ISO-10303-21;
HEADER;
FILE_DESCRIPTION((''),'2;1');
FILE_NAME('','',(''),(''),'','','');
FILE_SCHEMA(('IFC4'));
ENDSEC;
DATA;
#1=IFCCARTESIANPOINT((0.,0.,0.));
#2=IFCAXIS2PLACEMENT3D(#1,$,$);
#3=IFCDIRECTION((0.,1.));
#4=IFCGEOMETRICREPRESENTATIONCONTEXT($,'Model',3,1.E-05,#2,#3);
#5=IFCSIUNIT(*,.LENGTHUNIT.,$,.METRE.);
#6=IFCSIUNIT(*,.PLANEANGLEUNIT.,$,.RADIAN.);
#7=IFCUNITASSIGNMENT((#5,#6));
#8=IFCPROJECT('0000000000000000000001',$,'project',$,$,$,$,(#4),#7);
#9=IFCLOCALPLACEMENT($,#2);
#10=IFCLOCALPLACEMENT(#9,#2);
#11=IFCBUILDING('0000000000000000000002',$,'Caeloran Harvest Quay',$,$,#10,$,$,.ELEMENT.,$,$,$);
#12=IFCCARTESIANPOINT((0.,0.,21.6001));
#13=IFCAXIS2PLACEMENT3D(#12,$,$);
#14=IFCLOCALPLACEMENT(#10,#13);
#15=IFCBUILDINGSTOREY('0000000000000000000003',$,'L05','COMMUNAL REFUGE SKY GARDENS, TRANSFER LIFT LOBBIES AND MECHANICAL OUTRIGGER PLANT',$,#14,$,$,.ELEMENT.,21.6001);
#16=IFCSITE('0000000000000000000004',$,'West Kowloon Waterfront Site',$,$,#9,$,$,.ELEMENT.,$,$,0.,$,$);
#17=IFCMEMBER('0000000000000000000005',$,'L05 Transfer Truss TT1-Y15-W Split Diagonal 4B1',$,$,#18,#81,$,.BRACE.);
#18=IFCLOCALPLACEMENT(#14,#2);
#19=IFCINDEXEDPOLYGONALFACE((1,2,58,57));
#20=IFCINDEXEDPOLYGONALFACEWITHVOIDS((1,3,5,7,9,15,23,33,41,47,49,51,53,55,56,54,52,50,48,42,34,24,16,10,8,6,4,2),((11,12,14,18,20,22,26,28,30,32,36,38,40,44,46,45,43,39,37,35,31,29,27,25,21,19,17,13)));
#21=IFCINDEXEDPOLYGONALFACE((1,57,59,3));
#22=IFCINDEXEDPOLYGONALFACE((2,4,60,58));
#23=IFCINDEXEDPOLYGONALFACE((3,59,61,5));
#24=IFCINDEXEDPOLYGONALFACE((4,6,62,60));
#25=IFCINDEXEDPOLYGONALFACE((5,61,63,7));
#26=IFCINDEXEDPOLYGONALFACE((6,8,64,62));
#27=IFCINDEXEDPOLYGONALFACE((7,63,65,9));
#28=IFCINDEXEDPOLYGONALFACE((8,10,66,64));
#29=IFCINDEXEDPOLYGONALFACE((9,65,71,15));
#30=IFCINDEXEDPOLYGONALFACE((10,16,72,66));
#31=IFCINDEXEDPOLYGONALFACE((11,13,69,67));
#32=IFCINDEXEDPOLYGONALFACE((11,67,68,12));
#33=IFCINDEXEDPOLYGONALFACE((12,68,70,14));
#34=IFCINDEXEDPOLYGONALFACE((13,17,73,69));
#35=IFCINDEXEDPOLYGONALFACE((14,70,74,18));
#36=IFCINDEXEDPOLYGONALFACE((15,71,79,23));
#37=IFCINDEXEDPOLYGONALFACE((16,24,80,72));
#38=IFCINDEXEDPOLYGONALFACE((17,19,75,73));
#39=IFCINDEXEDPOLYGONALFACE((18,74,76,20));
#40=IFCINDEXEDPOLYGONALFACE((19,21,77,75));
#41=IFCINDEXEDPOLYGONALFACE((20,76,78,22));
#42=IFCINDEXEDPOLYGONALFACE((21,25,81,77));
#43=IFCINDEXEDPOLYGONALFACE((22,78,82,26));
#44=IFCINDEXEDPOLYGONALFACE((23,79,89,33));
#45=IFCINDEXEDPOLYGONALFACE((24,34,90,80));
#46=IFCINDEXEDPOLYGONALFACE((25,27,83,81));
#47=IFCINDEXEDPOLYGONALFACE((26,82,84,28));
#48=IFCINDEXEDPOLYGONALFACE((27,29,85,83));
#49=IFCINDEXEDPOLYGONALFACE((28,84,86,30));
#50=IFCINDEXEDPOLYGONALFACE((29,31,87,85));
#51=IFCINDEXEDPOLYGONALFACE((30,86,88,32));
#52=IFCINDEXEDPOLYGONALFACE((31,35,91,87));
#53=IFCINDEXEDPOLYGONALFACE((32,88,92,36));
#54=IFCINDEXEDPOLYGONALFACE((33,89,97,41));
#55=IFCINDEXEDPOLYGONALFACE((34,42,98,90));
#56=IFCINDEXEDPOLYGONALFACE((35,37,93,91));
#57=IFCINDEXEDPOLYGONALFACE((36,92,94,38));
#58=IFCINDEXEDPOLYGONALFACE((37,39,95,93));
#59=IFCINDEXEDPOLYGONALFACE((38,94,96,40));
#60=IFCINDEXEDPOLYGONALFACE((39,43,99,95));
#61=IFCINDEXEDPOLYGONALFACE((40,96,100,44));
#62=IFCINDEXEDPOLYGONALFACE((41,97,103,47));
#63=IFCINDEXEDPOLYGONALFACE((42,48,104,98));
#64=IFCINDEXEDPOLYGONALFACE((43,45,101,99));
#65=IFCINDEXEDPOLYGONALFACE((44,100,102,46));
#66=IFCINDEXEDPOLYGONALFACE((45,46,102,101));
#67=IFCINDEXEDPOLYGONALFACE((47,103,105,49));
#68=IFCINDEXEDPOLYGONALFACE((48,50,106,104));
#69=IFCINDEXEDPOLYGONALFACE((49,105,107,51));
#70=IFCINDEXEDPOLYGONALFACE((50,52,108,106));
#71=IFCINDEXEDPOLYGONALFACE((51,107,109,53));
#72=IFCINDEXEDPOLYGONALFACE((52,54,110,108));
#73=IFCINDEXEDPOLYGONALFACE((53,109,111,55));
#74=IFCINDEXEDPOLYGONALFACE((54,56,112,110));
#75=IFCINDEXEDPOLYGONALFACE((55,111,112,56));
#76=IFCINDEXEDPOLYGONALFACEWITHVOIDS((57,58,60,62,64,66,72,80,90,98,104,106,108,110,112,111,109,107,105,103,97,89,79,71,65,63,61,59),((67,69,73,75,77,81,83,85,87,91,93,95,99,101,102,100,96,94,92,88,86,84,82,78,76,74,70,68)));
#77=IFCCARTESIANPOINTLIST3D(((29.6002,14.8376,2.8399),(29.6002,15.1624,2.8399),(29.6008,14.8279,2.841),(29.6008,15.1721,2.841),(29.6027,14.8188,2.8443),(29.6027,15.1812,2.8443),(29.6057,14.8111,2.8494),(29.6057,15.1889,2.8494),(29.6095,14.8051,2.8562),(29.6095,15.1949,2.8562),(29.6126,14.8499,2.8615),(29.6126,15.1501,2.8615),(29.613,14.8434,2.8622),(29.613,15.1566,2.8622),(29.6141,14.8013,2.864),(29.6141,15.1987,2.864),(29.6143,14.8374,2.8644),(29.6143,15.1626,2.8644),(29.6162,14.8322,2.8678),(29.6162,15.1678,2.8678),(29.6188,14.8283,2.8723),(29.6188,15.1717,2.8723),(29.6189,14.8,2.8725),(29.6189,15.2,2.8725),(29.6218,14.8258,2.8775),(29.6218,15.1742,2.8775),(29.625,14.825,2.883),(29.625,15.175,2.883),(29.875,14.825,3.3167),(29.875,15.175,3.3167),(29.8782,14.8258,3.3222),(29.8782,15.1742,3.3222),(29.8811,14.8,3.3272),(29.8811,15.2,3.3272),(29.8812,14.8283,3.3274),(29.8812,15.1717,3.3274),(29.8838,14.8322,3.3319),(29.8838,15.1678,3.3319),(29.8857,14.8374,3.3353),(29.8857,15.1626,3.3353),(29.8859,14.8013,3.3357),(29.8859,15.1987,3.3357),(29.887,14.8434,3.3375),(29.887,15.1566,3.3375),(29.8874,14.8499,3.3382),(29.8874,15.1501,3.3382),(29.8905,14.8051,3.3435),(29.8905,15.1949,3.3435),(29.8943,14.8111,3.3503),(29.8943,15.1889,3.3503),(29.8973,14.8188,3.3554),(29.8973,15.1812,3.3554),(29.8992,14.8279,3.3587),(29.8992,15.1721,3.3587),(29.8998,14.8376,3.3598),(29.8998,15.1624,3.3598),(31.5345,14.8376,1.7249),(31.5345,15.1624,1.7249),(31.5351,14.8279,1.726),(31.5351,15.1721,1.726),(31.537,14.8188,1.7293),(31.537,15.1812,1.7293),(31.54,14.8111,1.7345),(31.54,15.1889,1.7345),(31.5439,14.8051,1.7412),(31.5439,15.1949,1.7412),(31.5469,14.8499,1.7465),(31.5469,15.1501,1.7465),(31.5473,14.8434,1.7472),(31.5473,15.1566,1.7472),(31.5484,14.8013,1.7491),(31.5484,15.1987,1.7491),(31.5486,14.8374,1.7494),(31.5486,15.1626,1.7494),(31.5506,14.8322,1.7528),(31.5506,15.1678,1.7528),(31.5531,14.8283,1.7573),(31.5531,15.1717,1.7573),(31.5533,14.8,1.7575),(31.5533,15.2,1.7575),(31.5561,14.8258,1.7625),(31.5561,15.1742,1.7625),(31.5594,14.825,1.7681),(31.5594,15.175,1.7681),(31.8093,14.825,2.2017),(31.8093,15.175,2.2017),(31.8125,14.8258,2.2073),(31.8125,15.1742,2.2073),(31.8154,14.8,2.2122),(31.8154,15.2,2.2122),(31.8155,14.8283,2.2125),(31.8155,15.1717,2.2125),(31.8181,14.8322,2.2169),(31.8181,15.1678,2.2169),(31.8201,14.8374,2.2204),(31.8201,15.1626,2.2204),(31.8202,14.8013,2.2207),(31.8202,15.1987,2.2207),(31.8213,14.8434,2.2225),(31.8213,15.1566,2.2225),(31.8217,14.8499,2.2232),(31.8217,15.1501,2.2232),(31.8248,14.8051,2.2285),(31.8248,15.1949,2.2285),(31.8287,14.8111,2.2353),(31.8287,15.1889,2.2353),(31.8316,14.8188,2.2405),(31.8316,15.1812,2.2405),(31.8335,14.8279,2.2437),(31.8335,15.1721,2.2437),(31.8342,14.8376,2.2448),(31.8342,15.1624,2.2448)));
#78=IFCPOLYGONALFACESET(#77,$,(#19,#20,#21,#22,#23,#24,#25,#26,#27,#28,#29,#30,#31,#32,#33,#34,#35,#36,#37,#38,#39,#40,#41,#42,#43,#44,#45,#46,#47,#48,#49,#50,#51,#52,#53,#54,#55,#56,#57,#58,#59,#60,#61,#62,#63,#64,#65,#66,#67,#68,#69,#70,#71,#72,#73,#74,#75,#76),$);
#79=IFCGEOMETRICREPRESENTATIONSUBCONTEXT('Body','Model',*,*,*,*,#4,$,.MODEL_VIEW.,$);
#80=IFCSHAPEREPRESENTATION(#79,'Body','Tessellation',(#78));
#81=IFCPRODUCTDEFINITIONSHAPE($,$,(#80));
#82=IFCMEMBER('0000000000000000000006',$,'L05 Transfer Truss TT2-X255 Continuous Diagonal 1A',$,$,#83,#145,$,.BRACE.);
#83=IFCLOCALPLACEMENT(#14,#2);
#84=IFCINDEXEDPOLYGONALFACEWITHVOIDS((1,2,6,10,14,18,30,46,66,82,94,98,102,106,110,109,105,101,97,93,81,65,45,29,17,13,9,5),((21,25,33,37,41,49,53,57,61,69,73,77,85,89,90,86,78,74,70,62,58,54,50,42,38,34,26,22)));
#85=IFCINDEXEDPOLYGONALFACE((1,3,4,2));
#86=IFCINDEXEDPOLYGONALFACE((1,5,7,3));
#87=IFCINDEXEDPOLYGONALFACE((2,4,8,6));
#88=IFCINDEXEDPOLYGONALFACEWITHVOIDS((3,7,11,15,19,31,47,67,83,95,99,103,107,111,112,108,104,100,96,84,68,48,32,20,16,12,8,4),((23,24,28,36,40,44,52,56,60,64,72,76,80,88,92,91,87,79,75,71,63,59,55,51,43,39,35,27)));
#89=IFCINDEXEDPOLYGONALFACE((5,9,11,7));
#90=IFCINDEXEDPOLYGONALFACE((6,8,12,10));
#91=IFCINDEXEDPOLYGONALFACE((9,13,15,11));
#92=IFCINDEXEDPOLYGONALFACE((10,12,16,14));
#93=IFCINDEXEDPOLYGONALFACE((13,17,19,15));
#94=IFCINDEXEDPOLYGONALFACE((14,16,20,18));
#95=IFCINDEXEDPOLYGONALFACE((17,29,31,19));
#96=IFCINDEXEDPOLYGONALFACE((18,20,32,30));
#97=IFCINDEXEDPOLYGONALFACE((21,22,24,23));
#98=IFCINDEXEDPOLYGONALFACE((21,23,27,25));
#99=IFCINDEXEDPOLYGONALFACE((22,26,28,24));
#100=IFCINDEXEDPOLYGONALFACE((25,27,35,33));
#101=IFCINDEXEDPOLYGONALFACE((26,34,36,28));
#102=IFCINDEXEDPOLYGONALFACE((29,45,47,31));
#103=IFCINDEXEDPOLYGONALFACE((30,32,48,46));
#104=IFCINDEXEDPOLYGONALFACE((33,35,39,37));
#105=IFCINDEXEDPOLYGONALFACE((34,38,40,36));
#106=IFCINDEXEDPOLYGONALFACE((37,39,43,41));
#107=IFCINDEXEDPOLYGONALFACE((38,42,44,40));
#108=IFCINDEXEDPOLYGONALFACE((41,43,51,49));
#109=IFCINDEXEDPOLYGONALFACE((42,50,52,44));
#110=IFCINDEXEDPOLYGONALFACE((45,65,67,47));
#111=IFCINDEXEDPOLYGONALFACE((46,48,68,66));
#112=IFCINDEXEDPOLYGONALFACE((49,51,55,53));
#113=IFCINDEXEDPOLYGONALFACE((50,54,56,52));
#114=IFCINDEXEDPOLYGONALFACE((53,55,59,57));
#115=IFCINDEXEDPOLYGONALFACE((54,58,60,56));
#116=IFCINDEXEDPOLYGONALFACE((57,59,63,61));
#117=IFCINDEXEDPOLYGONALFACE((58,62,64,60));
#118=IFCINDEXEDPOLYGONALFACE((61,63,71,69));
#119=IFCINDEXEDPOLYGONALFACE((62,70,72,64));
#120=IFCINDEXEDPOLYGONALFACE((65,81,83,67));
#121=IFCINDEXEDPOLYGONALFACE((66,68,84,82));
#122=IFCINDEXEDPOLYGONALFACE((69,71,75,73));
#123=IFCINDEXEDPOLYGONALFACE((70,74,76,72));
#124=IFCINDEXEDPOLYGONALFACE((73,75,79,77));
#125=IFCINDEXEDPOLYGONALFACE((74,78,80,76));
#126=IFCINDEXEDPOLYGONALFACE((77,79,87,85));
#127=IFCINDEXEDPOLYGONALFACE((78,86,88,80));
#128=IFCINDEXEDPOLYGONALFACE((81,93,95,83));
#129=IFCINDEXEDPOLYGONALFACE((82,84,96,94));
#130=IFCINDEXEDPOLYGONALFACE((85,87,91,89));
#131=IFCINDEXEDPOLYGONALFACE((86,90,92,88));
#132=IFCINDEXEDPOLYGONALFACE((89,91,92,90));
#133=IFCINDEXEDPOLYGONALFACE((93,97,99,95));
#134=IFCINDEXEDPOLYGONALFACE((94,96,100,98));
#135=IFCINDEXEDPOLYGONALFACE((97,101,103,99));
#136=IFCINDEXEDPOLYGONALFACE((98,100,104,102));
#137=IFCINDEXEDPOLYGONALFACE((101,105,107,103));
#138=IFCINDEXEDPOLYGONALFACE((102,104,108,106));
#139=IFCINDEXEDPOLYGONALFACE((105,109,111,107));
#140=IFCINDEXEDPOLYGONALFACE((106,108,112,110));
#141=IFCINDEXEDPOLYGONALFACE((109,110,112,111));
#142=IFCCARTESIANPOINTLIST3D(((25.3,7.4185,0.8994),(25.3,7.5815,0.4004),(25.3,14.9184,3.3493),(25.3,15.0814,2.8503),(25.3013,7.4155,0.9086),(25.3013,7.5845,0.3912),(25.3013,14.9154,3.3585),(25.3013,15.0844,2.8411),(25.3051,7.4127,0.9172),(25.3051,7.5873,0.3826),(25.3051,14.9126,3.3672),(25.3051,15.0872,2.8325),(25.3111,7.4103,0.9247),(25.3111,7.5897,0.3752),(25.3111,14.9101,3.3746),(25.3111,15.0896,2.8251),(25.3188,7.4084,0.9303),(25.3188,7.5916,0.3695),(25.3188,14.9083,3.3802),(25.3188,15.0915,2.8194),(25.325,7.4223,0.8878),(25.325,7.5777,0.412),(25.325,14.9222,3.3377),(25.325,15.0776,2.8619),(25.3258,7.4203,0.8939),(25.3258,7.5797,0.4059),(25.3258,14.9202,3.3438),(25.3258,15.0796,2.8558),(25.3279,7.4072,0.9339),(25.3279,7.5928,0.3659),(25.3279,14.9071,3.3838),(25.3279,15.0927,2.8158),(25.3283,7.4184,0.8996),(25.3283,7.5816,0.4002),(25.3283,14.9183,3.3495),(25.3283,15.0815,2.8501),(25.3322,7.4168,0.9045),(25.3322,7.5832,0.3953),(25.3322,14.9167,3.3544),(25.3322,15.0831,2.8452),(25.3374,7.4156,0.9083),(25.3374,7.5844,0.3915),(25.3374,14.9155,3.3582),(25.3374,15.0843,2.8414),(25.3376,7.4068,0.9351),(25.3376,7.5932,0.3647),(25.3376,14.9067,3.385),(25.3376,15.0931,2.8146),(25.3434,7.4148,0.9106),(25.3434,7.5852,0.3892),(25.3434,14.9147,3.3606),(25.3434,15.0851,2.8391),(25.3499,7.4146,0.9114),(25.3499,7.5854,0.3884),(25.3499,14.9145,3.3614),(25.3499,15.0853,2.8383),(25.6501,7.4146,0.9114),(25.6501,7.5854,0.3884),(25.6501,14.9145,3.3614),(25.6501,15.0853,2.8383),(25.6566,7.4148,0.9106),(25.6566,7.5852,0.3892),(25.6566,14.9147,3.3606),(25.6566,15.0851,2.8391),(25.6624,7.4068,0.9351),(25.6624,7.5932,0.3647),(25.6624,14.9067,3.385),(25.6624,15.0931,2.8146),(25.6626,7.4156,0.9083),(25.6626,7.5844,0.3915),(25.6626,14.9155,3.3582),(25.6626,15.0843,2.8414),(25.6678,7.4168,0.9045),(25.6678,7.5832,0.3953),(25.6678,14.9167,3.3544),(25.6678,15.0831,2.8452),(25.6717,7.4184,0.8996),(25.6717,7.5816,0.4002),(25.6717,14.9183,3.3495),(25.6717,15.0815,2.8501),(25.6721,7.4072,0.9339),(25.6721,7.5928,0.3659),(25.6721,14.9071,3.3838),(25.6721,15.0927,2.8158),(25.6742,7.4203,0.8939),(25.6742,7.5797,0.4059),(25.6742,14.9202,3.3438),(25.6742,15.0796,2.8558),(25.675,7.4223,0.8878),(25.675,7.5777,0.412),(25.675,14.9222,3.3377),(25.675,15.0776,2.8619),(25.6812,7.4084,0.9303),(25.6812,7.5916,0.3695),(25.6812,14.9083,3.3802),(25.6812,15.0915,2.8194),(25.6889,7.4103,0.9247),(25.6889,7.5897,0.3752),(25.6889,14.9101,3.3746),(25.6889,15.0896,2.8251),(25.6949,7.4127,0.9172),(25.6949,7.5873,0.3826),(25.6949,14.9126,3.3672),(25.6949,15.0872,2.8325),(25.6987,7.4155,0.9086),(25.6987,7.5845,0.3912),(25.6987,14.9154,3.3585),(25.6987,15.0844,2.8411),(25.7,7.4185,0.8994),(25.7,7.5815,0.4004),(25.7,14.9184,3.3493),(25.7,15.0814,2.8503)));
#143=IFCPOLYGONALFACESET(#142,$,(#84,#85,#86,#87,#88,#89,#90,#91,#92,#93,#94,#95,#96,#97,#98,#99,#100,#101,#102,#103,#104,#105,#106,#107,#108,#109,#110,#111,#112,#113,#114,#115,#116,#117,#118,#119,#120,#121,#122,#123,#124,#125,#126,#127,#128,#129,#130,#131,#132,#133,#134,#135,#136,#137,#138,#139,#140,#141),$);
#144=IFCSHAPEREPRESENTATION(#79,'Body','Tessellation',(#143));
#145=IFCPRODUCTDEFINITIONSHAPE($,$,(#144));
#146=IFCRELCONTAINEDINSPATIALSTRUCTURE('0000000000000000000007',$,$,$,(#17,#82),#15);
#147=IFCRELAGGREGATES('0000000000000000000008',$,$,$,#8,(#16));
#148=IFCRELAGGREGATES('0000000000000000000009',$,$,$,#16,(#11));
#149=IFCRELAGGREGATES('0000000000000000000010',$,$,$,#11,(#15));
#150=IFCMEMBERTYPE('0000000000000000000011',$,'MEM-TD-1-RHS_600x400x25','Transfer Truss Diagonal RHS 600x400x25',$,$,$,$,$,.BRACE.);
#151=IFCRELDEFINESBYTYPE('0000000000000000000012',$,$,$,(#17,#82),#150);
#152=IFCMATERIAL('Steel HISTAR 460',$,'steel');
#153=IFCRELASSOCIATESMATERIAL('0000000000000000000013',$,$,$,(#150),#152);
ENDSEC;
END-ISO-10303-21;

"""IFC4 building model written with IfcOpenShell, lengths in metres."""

from ifc_helpers import new_model, si_unit, direction, frame, origin, origin_2d, place, context, subcontext, project, spatial, hollow_rectangle, extrude, material, material_profile, profile_set, type_object, element, save


model = new_model("IFC4")

# Units and contexts
model_context = context("Model", 3, precision=1e-05, world=origin(), true_north=direction((0.0, 1.0)))
body_context = subcontext(model_context, "Body", "Model", "MODEL_VIEW")
ifc_project = project(units=[si_unit("LENGTHUNIT", "METRE"), si_unit("PLANEANGLEUNIT", "RADIAN")], contexts=[model_context])

# Site, building, storey
site_placement = place(None, origin())
site = spatial("IfcSite", under=ifc_project, at=site_placement, Name="West Kowloon Waterfront Site", CompositionType="ELEMENT", RefElevation=0.0)
building_placement = place(site_placement, origin())
building = spatial("IfcBuilding", under=site, at=building_placement, Name="Caeloran Harvest Quay", CompositionType="ELEMENT")
storey_placement = place(building_placement, frame((0.0, 0.0, 21.6001)))
storey = spatial("IfcBuildingStorey", under=building, at=storey_placement, Name="L05", Description="COMMUNAL REFUGE SKY GARDENS, TRANSFER LIFT LOBBIES AND MECHANICAL OUTRIGGER PLANT", CompositionType="ELEMENT", Elevation=21.6001)

# Shared definitions
ifc_material_1 = material(Name="Steel HISTAR 460", Category="steel")

# Members
ifc_material_profile_1 = material_profile(ifc_material_1, hollow_rectangle(XDim=0.3999, YDim=0.6001, WallThickness=0.0249, InnerFilletRadius=0.0249, OuterFilletRadius=0.0376, at=origin_2d()), Name="RHS 600x400x25")
ifc_profile_set_1 = profile_set([ifc_material_profile_1], Name="Steel HISTAR 460")
member_type_1 = type_object("IfcMemberType", Name="MEM-TD-1-RHS_600x400x25", Description="Transfer Truss Diagonal RHS 600x400x25", PredefinedType="BRACE", material=ifc_profile_set_1)
member_1_placement = place(storey_placement, frame((29.75, 15.0, 3.0999), z_axis=(0.866373, 0.0, -0.499397), x_axis=(0.0, 1.0, 0.0)))
element("IfcMember", 1, at=member_1_placement, inside=storey, type_object=member_type_1, Name="L05 Transfer Truss TT1-Y15-W Split Diagonal 4B1", PredefinedType="BRACE", context=body_context, shape_type="SweptSolid", body=[
    extrude(hollow_rectangle(XDim=0.3999, YDim=0.6001, WallThickness=0.0249, InnerFilletRadius=0.0249, OuterFilletRadius=0.0376, at=origin_2d()), origin(), (0.0, 0.0, 1.0), 2.2327),
])
member_2_placement = place(storey_placement, frame((25.5, 7.5, 0.6499), z_axis=(0.0, 0.950569, 0.310513), x_axis=(-1.0, 0.0, 0.0)))
element("IfcMember", 2, at=member_2_placement, inside=storey, type_object=member_type_1, Name="L05 Transfer Truss TT2-X255 Continuous Diagonal 1A", PredefinedType="BRACE", context=body_context, shape_type="SweptSolid", body=[
    extrude(hollow_rectangle(XDim=0.3999, YDim=0.6001, WallThickness=0.0249, InnerFilletRadius=0.0249, OuterFilletRadius=0.0376, at=origin_2d()), origin(), (0.0, 0.0, 1.0), 7.8899),
])

save(model, "model.ifc")
